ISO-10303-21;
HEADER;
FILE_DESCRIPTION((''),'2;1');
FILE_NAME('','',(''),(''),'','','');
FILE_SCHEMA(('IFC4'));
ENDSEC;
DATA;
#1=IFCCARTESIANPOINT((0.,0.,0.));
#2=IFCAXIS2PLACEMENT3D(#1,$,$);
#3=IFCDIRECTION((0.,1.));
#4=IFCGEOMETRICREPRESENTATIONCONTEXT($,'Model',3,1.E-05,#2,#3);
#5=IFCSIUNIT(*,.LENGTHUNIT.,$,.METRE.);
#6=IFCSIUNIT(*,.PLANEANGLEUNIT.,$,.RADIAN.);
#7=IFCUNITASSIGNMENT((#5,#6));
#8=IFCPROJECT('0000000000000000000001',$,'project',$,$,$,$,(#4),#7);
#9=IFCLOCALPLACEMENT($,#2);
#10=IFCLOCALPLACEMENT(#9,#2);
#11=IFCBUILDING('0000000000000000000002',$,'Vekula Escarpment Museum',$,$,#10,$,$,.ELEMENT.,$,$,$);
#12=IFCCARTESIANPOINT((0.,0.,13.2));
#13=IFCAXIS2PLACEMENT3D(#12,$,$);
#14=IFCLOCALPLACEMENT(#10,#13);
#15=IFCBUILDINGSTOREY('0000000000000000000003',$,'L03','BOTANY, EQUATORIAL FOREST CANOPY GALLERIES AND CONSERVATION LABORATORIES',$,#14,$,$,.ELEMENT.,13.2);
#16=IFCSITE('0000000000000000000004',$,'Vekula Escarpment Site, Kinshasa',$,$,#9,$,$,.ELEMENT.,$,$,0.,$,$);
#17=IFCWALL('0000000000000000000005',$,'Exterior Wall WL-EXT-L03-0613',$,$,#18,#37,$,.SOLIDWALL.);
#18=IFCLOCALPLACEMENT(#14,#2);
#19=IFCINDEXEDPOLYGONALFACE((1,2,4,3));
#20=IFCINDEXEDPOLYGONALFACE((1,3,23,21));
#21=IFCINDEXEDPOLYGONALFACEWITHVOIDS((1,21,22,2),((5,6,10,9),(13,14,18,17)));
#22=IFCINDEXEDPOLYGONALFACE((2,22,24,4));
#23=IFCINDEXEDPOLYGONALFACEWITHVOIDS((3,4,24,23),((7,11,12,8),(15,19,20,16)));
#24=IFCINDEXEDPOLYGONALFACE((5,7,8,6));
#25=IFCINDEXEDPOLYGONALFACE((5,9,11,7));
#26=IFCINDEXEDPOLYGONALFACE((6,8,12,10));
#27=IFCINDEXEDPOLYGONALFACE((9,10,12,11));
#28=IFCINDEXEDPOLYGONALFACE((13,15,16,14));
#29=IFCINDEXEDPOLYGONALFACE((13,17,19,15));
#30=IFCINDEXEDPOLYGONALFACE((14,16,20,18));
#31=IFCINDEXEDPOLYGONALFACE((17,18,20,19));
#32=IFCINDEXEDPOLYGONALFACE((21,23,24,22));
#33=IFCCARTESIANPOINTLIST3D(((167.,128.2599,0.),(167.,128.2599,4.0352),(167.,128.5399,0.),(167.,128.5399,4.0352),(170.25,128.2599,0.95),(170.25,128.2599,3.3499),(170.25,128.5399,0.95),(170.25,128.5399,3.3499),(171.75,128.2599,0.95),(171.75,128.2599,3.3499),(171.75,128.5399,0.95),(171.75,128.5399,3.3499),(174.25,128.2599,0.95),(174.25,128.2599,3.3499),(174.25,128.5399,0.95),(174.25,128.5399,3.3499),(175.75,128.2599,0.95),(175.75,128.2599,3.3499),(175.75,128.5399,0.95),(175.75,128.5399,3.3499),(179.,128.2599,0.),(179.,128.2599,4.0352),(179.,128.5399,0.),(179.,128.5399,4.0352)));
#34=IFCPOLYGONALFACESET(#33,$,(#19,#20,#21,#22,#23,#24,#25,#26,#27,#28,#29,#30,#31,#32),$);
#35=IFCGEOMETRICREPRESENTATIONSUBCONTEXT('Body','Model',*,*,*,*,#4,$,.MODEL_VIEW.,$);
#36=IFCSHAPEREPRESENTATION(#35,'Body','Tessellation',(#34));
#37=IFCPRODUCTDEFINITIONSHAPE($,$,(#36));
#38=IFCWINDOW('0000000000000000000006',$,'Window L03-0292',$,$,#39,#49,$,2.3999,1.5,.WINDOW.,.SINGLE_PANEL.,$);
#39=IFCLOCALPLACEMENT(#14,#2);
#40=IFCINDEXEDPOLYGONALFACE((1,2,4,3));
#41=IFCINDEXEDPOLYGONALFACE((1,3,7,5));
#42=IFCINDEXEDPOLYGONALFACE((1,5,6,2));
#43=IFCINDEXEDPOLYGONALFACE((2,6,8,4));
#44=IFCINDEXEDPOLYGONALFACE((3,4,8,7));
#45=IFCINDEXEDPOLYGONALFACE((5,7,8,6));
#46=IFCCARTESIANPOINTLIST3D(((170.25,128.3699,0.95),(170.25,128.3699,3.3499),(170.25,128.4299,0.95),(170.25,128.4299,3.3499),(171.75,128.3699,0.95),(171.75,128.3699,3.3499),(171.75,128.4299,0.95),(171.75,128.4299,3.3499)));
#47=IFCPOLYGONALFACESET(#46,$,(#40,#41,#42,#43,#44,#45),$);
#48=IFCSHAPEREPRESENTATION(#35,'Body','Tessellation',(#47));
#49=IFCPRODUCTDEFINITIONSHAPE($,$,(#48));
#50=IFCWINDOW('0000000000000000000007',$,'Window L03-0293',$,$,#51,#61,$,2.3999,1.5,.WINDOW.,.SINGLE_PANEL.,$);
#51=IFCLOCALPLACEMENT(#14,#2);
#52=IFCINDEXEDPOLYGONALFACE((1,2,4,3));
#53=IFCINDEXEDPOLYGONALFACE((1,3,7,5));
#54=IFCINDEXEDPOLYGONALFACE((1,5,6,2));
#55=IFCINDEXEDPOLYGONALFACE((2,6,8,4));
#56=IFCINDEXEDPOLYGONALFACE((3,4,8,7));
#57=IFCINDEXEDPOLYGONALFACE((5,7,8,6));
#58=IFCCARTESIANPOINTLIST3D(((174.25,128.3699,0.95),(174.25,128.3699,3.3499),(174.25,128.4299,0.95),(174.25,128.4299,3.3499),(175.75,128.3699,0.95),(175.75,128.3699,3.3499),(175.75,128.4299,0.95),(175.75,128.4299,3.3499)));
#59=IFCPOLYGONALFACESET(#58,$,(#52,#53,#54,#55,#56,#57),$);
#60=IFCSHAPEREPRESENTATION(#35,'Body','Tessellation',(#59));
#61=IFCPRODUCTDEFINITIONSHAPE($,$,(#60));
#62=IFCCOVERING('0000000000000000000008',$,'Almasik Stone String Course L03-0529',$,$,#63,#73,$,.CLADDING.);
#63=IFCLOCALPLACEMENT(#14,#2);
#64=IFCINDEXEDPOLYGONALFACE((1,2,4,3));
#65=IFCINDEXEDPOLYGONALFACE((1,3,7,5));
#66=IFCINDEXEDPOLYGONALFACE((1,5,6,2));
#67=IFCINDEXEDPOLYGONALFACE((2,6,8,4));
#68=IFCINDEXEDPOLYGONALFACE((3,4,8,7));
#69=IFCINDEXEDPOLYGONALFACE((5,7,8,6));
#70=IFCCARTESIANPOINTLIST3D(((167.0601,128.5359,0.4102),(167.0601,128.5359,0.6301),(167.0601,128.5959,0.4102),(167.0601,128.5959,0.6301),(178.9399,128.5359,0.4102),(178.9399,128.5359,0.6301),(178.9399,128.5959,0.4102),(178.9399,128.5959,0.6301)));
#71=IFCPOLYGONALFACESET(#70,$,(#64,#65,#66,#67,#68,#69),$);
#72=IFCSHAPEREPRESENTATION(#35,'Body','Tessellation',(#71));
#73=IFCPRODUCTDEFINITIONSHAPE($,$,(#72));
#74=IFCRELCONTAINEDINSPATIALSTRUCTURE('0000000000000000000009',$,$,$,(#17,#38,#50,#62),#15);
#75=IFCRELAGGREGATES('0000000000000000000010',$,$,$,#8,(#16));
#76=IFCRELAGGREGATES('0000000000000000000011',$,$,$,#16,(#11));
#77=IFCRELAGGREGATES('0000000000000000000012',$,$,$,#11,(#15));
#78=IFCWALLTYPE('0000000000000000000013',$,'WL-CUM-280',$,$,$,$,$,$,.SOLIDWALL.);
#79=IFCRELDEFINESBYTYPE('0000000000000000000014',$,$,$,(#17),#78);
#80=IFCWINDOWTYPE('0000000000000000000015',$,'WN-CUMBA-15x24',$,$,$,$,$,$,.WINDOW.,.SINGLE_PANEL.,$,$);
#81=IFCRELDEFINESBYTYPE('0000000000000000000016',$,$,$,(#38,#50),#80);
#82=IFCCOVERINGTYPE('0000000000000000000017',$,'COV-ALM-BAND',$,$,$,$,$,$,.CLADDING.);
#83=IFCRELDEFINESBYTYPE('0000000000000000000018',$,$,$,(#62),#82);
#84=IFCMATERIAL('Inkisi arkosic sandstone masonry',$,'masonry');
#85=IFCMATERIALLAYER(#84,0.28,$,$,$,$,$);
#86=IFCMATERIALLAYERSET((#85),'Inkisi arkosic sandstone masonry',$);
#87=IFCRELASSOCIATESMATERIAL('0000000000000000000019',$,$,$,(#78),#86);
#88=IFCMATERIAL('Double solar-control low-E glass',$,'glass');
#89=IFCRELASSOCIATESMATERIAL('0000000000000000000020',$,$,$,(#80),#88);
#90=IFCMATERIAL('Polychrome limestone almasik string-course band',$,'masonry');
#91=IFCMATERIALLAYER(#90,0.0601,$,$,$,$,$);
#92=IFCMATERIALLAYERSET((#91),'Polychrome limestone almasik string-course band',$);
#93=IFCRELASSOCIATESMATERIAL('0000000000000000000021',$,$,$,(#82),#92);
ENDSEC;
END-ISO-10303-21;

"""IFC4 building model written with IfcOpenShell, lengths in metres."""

from ifc_helpers import new_model, si_unit, direction, frame, frame_2d, origin, origin_2d, place, context, subcontext, project, spatial, rectangle, extrude, material, layer, layer_set, type_object, element, fill, save


model = new_model("IFC4")

# Units and contexts
model_context = context("Model", 3, precision=1e-05, world=origin(), true_north=direction((0.0, 1.0)))
body_context = subcontext(model_context, "Body", "Model", "MODEL_VIEW")
ifc_project = project(units=[si_unit("LENGTHUNIT", "METRE"), si_unit("PLANEANGLEUNIT", "RADIAN")], contexts=[model_context])

# Site, building, storey
site_placement = place(None, origin())
site = spatial("IfcSite", under=ifc_project, at=site_placement, Name="Vekula Escarpment Site, Kinshasa", CompositionType="ELEMENT", RefElevation=0.0)
building_placement = place(site_placement, origin())
building = spatial("IfcBuilding", under=site, at=building_placement, Name="Vekula Escarpment Museum", CompositionType="ELEMENT")
storey_placement = place(building_placement, frame((0.0, 0.0, 13.2)))
storey = spatial("IfcBuildingStorey", under=building, at=storey_placement, Name="L03", Description="BOTANY, EQUATORIAL FOREST CANOPY GALLERIES AND CONSERVATION LABORATORIES", CompositionType="ELEMENT", Elevation=13.2)

# Wall, openings, windows
ifc_material_1 = material(Name="Inkisi arkosic sandstone masonry", Category="masonry")
ifc_layer_1 = layer(ifc_material_1, 0.28)
ifc_layer_set_1 = layer_set([ifc_layer_1], Name="Inkisi arkosic sandstone masonry")
wall_type = type_object("IfcWallType", Name="WL-CUM-280", PredefinedType="SOLIDWALL", material=ifc_layer_set_1)
wall_1_placement = place(storey_placement, frame((167.0, 128.3999, 0.0), z_axis=(0.0, 0.0, 1.0), x_axis=(1.0, 0.0, 0.0)))
wall_1 = element("IfcWall", 1, at=wall_1_placement, inside=storey, type_object=wall_type, Name="Exterior Wall WL-EXT-L03-0613", PredefinedType="SOLIDWALL", context=body_context, shape_type="SweptSolid", body=[
    extrude(rectangle(XDim=12.0, YDim=0.28, at=frame_2d((6.0, 0.0))), origin(), (0.0, 0.0, 1.0), 4.0352),
])
opening_1_placement = place(wall_1_placement, frame((3.25, 0.0, 0.95)))
opening_1 = element("IfcOpeningElement", 2, at=opening_1_placement, cuts=wall_1, PredefinedType="OPENING", context=body_context, shape_type="SweptSolid", body=[
    extrude(rectangle(XDim=1.5, YDim=2.3999, at=frame_2d((0.75, 1.2))), frame((0.0, 0.1499, 0.0), z_axis=(0.0, -1.0, 0.0), x_axis=(1.0, 0.0, 0.0)), (0.0, 0.0, 1.0), 0.3),
])
opening_2_placement = place(wall_1_placement, frame((7.25, 0.0, 0.95)))
opening_2 = element("IfcOpeningElement", 3, at=opening_2_placement, cuts=wall_1, PredefinedType="OPENING", context=body_context, shape_type="SweptSolid", body=[
    extrude(rectangle(XDim=1.5, YDim=2.3999, at=frame_2d((0.75, 1.2))), frame((0.0, 0.1499, 0.0), z_axis=(0.0, -1.0, 0.0), x_axis=(1.0, 0.0, 0.0)), (0.0, 0.0, 1.0), 0.3),
])
ifc_material_2 = material(Name="Double solar-control low-E glass", Category="glass")
window_type_1 = type_object("IfcWindowType", Name="WN-CUMBA-15x24", PartitioningType="SINGLE_PANEL", PredefinedType="WINDOW", material=ifc_material_2)
window_1_placement = place(opening_1_placement, origin())
window_1 = element("IfcWindow", 4, at=window_1_placement, inside=storey, type_object=window_type_1, Name="Window L03-0292", OverallHeight=2.3999, OverallWidth=1.5, PartitioningType="SINGLE_PANEL", PredefinedType="WINDOW", context=body_context, shape_type="SweptSolid", body=[
    extrude(rectangle(XDim=1.5, YDim=2.3999, at=frame_2d((0.75, 1.2))), frame((0.0, 0.03, 0.0), z_axis=(0.0, -1.0, 0.0), x_axis=(1.0, 0.0, 0.0)), (0.0, 0.0, 1.0), 0.0601),
])
fill(opening_1, window_1)
window_2_placement = place(opening_2_placement, origin())
window_2 = element("IfcWindow", 5, at=window_2_placement, inside=storey, type_object=window_type_1, Name="Window L03-0293", OverallHeight=2.3999, OverallWidth=1.5, PartitioningType="SINGLE_PANEL", PredefinedType="WINDOW", context=body_context, shape_type="SweptSolid", body=[
    extrude(rectangle(XDim=1.5, YDim=2.3999, at=frame_2d((0.75, 1.2))), frame((0.0, 0.03, 0.0), z_axis=(0.0, -1.0, 0.0), x_axis=(1.0, 0.0, 0.0)), (0.0, 0.0, 1.0), 0.0601),
])
fill(opening_2, window_2)

# Covering
ifc_material_3 = material(Name="Polychrome limestone almasik string-course band", Category="masonry")
ifc_layer_2 = layer(ifc_material_3, 0.0601)
ifc_layer_set_2 = layer_set([ifc_layer_2], Name="Polychrome limestone almasik string-course band")
covering_type = type_object("IfcCoveringType", Name="COV-ALM-BAND", PredefinedType="CLADDING", material=ifc_layer_set_2)
covering_placement = place(storey_placement, frame((173.0, 128.5659, 0.4102), z_axis=(0.0, 0.0, 1.0), x_axis=(1.0, 0.0, 0.0)))
element("IfcCovering", 6, at=covering_placement, inside=storey, type_object=covering_type, Name="Almasik Stone String Course L03-0529", PredefinedType="CLADDING", context=body_context, shape_type="SweptSolid", body=[
    extrude(rectangle(XDim=11.8799, YDim=0.0601, at=origin_2d()), origin(), (0.0, 0.0, 1.0), 0.22),
])

save(model, "model.ifc")
